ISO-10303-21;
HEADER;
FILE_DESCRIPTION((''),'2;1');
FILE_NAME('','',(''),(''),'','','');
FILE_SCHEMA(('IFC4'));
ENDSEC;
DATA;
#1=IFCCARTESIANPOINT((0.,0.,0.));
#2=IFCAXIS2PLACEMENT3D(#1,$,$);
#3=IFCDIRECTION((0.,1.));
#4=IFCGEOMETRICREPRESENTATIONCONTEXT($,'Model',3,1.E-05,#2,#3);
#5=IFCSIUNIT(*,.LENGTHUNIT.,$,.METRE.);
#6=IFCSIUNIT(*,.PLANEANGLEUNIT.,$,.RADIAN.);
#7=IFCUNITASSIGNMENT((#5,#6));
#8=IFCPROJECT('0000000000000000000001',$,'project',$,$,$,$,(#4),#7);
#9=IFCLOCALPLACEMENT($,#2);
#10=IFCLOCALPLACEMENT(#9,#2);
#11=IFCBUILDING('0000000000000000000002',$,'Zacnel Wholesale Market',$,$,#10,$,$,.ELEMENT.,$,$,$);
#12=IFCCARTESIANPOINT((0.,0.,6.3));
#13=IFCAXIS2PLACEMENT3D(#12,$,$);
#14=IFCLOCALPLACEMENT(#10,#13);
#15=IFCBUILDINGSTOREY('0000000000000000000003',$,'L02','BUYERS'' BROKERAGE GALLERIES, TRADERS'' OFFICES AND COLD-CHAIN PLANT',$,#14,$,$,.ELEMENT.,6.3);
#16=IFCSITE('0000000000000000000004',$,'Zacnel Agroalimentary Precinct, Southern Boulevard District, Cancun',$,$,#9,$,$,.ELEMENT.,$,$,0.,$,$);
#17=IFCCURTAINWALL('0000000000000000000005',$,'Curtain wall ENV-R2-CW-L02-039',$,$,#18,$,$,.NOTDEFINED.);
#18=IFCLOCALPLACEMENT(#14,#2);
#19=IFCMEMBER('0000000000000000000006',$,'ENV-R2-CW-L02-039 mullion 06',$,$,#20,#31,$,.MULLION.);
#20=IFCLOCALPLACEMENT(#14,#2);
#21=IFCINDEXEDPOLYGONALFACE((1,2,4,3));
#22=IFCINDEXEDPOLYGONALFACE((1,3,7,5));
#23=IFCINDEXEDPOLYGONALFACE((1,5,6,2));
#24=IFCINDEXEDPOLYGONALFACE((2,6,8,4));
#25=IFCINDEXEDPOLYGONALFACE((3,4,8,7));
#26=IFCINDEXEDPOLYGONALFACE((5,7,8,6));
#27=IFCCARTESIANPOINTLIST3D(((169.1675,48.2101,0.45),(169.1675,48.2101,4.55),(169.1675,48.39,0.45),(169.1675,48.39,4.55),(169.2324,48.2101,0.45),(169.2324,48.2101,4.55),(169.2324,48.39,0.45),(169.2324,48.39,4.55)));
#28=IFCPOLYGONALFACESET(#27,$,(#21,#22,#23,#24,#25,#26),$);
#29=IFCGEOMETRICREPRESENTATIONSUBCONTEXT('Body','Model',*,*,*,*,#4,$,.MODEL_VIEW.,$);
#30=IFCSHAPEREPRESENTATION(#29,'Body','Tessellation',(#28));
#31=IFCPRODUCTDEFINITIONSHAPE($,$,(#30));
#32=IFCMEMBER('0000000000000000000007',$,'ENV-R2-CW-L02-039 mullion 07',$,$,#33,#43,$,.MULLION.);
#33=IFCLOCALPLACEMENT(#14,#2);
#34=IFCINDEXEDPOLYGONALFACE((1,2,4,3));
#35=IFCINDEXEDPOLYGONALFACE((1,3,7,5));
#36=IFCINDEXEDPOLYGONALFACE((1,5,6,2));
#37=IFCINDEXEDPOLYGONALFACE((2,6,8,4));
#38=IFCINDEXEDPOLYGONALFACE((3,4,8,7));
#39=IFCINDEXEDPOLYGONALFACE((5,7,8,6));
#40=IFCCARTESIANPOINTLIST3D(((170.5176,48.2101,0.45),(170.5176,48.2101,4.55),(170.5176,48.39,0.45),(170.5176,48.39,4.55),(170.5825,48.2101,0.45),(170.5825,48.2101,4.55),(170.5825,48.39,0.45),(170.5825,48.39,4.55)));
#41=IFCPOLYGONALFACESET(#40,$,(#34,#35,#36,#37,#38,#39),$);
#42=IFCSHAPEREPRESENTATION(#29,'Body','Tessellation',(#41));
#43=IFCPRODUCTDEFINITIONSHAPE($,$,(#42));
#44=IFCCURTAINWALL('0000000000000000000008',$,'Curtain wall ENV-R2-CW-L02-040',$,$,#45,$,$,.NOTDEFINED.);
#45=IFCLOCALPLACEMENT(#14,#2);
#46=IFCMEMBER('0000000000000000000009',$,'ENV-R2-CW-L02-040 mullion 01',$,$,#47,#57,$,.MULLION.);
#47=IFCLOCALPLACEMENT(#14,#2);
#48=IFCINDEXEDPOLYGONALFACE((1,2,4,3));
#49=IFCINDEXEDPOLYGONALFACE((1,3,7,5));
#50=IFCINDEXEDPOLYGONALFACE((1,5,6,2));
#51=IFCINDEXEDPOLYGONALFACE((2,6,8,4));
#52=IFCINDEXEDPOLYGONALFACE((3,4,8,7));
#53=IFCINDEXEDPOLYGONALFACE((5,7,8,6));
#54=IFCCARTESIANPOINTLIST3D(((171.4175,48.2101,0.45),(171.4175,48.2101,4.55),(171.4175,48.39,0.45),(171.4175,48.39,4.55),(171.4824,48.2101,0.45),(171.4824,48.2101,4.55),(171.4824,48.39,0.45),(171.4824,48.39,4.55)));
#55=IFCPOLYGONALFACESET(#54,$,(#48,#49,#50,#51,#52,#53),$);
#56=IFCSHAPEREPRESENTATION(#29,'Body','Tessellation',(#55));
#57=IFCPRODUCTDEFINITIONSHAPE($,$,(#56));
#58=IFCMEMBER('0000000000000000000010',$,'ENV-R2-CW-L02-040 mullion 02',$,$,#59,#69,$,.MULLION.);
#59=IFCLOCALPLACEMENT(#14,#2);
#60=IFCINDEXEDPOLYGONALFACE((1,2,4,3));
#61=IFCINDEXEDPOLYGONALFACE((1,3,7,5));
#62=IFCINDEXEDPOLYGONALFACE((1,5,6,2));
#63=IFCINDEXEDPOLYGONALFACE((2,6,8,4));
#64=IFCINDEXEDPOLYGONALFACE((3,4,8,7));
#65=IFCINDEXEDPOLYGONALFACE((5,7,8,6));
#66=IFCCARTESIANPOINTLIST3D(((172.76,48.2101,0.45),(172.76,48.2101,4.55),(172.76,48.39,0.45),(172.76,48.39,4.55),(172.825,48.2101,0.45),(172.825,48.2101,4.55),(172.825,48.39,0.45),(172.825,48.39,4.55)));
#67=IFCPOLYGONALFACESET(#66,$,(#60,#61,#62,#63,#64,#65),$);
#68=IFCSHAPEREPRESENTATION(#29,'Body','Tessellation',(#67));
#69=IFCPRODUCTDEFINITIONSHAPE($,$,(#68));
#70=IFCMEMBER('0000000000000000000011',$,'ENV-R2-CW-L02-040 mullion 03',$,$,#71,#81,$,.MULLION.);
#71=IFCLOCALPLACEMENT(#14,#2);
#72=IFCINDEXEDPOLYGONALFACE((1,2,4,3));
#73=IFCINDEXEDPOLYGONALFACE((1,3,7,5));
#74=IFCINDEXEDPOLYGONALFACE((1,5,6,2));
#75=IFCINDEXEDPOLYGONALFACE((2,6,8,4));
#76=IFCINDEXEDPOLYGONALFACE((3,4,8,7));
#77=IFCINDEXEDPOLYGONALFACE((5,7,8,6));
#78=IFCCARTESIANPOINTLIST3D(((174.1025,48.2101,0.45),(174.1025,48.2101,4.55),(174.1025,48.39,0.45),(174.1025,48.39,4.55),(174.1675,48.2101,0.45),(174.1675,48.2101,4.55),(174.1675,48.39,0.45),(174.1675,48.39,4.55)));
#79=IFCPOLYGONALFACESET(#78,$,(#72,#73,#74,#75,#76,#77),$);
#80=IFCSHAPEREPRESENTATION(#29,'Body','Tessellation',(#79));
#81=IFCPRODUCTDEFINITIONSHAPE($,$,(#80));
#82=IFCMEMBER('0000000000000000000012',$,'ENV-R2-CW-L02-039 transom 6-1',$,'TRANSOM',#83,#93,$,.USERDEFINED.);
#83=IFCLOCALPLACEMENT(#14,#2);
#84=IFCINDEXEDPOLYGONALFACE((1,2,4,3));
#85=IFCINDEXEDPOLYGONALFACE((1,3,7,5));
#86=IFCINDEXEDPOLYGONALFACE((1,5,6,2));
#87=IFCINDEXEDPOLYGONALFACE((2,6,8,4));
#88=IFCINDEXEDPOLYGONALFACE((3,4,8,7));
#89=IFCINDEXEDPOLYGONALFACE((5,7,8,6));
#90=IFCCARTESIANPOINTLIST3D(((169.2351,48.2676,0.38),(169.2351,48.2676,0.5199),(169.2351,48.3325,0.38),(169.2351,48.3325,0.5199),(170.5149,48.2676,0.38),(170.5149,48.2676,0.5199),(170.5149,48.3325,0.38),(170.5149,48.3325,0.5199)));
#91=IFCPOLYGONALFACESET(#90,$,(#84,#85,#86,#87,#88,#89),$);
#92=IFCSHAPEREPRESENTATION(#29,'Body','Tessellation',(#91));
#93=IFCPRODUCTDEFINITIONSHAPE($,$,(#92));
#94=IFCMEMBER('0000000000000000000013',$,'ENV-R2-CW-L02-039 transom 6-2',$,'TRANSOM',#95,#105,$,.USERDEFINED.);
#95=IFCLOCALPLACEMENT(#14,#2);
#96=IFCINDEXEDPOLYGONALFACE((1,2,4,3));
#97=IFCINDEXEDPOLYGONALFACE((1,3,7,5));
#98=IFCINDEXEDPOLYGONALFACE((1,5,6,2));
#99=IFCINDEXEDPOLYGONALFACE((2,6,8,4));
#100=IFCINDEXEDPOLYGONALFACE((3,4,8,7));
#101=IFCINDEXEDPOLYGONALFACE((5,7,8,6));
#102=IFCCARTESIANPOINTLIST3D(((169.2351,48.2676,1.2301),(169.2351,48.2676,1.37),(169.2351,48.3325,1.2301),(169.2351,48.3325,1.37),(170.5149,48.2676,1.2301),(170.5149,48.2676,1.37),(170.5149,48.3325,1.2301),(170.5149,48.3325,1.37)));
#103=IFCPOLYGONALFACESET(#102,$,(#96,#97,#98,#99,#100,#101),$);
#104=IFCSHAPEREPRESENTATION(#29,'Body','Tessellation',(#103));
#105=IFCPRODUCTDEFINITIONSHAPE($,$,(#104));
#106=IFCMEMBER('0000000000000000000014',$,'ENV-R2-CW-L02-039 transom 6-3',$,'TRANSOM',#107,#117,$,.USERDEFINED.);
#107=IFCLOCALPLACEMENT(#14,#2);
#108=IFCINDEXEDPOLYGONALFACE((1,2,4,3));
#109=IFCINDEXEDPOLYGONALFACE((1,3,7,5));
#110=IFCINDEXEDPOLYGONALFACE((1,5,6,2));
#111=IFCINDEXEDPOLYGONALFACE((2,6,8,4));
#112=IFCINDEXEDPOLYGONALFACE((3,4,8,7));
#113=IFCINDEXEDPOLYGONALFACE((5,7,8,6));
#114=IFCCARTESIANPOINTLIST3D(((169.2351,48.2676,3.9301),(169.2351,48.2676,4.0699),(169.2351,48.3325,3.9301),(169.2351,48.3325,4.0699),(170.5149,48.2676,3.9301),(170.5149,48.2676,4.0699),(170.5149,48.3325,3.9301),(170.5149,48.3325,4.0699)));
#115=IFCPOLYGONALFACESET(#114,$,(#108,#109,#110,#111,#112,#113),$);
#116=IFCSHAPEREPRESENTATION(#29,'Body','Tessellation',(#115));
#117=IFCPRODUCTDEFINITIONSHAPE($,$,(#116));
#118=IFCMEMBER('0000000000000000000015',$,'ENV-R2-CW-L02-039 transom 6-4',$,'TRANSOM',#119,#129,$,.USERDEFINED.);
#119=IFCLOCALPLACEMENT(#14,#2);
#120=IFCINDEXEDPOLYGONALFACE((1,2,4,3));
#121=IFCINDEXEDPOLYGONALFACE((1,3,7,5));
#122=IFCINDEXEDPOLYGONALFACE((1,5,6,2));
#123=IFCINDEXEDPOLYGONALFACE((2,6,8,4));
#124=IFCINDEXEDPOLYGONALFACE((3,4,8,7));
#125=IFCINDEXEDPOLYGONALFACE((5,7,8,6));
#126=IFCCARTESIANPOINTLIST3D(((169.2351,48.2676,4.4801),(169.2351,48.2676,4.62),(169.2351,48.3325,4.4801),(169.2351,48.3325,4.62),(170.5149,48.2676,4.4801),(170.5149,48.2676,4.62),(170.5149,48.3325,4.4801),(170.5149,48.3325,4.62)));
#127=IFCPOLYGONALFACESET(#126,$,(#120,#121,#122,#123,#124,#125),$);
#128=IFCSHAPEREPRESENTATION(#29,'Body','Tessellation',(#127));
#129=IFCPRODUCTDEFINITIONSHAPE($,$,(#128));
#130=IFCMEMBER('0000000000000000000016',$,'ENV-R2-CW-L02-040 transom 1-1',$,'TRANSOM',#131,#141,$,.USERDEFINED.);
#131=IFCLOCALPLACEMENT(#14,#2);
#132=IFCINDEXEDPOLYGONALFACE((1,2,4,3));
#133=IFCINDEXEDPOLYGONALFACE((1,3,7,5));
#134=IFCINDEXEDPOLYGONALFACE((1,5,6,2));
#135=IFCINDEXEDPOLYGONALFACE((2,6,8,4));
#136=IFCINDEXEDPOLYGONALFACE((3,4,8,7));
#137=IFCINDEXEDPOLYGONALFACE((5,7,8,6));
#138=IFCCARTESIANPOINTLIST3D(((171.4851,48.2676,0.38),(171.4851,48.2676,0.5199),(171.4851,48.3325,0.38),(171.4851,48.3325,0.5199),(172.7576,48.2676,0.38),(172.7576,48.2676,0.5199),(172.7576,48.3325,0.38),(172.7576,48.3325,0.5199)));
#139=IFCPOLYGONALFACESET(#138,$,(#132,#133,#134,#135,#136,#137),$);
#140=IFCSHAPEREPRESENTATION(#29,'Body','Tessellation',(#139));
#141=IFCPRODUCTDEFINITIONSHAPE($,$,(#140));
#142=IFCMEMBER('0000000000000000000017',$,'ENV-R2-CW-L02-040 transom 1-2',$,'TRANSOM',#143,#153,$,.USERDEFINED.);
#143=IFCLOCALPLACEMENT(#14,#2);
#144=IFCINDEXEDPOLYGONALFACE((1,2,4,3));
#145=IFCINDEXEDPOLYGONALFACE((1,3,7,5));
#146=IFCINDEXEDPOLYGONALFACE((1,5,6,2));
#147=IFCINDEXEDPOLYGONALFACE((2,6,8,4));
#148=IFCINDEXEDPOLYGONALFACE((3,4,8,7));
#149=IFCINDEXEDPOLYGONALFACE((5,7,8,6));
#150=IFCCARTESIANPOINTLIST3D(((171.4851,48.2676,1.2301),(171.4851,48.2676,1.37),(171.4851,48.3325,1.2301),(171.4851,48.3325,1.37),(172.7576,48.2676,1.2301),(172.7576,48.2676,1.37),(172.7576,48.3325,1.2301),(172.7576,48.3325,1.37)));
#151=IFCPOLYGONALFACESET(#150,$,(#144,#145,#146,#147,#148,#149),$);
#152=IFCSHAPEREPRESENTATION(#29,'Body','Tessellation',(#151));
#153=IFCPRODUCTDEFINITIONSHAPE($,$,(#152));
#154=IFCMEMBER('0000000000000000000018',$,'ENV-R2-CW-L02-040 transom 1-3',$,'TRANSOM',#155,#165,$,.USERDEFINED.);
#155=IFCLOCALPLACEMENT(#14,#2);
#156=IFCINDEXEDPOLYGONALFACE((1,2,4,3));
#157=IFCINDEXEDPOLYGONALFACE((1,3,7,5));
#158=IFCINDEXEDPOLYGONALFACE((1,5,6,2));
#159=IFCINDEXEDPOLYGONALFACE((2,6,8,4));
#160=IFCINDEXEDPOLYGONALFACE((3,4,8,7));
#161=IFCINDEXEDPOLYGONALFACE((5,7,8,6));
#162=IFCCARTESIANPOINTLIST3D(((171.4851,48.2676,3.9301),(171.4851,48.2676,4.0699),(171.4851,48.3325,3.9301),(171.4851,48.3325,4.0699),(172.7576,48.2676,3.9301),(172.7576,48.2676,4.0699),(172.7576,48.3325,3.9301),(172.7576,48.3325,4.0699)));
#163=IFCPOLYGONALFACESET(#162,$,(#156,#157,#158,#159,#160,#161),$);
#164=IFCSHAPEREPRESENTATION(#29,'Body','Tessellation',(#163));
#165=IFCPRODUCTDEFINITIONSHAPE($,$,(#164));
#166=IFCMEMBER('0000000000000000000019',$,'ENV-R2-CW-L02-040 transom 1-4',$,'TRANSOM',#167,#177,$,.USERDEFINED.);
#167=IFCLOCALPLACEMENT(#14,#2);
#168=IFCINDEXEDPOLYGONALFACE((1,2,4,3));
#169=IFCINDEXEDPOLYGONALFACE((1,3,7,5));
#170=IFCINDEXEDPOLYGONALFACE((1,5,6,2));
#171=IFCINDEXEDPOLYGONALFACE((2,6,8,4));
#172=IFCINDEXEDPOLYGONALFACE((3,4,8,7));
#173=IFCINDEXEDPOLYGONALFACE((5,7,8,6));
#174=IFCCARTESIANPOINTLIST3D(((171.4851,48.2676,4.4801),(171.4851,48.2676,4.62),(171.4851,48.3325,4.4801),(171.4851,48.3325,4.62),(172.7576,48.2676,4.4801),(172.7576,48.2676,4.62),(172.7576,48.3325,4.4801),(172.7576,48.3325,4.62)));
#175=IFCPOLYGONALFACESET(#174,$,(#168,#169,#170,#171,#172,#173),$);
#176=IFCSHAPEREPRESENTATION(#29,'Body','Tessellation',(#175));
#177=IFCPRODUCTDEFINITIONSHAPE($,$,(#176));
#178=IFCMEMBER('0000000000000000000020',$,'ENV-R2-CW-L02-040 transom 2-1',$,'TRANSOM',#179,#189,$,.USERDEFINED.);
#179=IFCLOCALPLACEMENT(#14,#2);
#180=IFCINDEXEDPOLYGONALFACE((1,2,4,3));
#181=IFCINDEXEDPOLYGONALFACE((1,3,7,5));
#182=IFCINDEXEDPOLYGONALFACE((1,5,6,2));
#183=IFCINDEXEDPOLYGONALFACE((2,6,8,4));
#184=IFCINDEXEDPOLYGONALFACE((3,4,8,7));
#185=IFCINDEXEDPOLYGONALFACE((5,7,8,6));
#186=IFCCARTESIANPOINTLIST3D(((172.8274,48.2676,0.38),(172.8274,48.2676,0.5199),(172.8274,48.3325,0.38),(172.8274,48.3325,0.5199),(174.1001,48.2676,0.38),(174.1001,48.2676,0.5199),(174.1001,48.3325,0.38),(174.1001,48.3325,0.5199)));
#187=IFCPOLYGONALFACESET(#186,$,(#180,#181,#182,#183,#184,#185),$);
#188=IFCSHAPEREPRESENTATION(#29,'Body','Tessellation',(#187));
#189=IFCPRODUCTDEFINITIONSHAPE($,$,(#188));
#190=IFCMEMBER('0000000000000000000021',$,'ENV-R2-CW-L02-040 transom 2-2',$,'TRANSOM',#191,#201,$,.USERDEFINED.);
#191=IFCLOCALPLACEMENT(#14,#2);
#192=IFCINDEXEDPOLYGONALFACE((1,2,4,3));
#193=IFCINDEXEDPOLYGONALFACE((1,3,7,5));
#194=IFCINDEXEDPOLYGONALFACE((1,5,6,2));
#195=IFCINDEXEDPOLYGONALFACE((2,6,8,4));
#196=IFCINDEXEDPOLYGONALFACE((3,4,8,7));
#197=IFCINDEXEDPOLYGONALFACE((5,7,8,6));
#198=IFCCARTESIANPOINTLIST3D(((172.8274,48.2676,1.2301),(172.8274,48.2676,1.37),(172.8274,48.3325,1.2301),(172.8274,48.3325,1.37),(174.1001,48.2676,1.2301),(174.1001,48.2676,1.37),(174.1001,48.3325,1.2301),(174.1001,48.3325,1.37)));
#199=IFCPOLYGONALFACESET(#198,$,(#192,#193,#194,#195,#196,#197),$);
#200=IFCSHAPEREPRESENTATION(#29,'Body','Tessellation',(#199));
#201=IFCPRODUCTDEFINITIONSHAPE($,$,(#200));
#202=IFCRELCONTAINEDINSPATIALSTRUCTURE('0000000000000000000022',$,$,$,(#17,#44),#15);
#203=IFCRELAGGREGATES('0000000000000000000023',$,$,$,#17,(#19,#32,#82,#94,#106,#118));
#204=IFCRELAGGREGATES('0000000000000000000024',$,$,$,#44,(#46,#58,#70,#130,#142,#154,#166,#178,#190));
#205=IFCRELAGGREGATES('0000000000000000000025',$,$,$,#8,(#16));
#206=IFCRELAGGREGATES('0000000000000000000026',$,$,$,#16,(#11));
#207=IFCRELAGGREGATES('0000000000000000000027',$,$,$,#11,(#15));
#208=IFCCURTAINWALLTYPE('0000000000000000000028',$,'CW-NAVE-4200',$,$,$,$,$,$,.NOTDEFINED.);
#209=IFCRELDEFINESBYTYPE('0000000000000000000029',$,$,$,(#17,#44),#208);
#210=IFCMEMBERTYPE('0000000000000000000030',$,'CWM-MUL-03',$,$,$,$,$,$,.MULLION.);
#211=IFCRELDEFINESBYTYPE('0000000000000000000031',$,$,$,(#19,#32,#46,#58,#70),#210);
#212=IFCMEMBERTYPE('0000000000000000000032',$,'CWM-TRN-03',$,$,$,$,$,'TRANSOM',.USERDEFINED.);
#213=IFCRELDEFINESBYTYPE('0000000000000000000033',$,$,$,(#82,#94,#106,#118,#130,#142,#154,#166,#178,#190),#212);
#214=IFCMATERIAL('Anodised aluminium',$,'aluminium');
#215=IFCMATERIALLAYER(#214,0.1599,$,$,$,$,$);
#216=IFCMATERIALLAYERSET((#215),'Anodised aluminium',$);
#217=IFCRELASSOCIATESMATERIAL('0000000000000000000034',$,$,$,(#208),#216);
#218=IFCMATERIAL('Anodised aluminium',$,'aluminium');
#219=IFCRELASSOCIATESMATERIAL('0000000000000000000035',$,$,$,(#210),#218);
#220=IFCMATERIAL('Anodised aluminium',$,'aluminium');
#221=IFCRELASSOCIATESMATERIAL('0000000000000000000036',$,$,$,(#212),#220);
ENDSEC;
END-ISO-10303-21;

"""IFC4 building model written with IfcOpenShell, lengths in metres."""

from ifc_helpers import new_model, si_unit, direction, frame, origin, origin_2d, place, context, subcontext, project, spatial, rectangle, extrude, material, layer, layer_set, material_profile, profile_set, type_object, element, aggregate, save


model = new_model("IFC4")

# Units and contexts
model_context = context("Model", 3, precision=1e-05, world=origin(), true_north=direction((0.0, 1.0)))
body_context = subcontext(model_context, "Body", "Model", "MODEL_VIEW")
ifc_project = project(units=[si_unit("LENGTHUNIT", "METRE"), si_unit("PLANEANGLEUNIT", "RADIAN")], contexts=[model_context])

# Site, building, storey
site_placement = place(None, origin())
site = spatial("IfcSite", under=ifc_project, at=site_placement, Name="Zacnel Agroalimentary Precinct, Southern Boulevard District, Cancun", CompositionType="ELEMENT", RefElevation=0.0)
building_placement = place(site_placement, origin())
building = spatial("IfcBuilding", under=site, at=building_placement, Name="Zacnel Wholesale Market", CompositionType="ELEMENT")
storey_placement = place(building_placement, frame((0.0, 0.0, 6.3)))
storey = spatial("IfcBuildingStorey", under=building, at=storey_placement, Name="L02", Description="BUYERS' BROKERAGE GALLERIES, TRADERS' OFFICES AND COLD-CHAIN PLANT", CompositionType="ELEMENT", Elevation=6.3)

# Curtain walls, members
ifc_material_1 = material(Name="Anodised aluminium", Category="aluminium")
ifc_layer_1 = layer(ifc_material_1, 0.1599)
ifc_layer_set_1 = layer_set([ifc_layer_1], Name="Anodised aluminium")
curtain_wall_type = type_object("IfcCurtainWallType", Name="CW-NAVE-4200", PredefinedType="NOTDEFINED", material=ifc_layer_set_1)
curtain_wall_1_placement = place(storey_placement, origin())
curtain_wall_1 = element("IfcCurtainWall", 1, at=curtain_wall_1_placement, inside=storey, type_object=curtain_wall_type, Name="Curtain wall ENV-R2-CW-L02-039", PredefinedType="NOTDEFINED")
ifc_material_2 = material(Name="Anodised aluminium", Category="aluminium")
ifc_material_profile_1 = material_profile(ifc_material_2, rectangle(XDim=0.0649, YDim=0.1799, at=origin_2d()), Name="AW-MULLION 65x180")
ifc_profile_set_1 = profile_set([ifc_material_profile_1], Name="Anodised aluminium")
member_type_1 = type_object("IfcMemberType", Name="CWM-MUL-03", PredefinedType="MULLION", material=ifc_profile_set_1)
member_1_placement = place(storey_placement, frame((169.2, 48.3, 0.45), z_axis=(0.0, 0.0, 1.0), x_axis=(1.0, 0.0, 0.0)))
member_1 = element("IfcMember", 2, at=member_1_placement, type_object=member_type_1, Name="ENV-R2-CW-L02-039 mullion 06", PredefinedType="MULLION", context=body_context, shape_type="SweptSolid", body=[
    extrude(rectangle(XDim=0.0649, YDim=0.1799, at=origin_2d()), origin(), (0.0, 0.0, 1.0), 4.1001),
])
member_2_placement = place(storey_placement, frame((170.55, 48.3, 0.45), z_axis=(0.0, 0.0, 1.0), x_axis=(1.0, 0.0, 0.0)))
member_2 = element("IfcMember", 3, at=member_2_placement, type_object=member_type_1, Name="ENV-R2-CW-L02-039 mullion 07", PredefinedType="MULLION", context=body_context, shape_type="SweptSolid", body=[
    extrude(rectangle(XDim=0.0649, YDim=0.1799, at=origin_2d()), origin(), (0.0, 0.0, 1.0), 4.1001),
])
curtain_wall_2_placement = place(storey_placement, origin())
curtain_wall_2 = element("IfcCurtainWall", 4, at=curtain_wall_2_placement, inside=storey, type_object=curtain_wall_type, Name="Curtain wall ENV-R2-CW-L02-040", PredefinedType="NOTDEFINED")
member_3_placement = place(storey_placement, frame((171.45, 48.3, 0.45), z_axis=(0.0, 0.0, 1.0), x_axis=(1.0, 0.0, 0.0)))
member_3 = element("IfcMember", 5, at=member_3_placement, type_object=member_type_1, Name="ENV-R2-CW-L02-040 mullion 01", PredefinedType="MULLION", context=body_context, shape_type="SweptSolid", body=[
    extrude(rectangle(XDim=0.0649, YDim=0.1799, at=origin_2d()), origin(), (0.0, 0.0, 1.0), 4.1001),
])
member_4_placement = place(storey_placement, frame((172.7925, 48.3, 0.45), z_axis=(0.0, 0.0, 1.0), x_axis=(1.0, 0.0, 0.0)))
member_4 = element("IfcMember", 6, at=member_4_placement, type_object=member_type_1, Name="ENV-R2-CW-L02-040 mullion 02", PredefinedType="MULLION", context=body_context, shape_type="SweptSolid", body=[
    extrude(rectangle(XDim=0.0649, YDim=0.1799, at=origin_2d()), origin(), (0.0, 0.0, 1.0), 4.1001),
])
member_5_placement = place(storey_placement, frame((174.135, 48.3, 0.45), z_axis=(0.0, 0.0, 1.0), x_axis=(1.0, 0.0, 0.0)))
member_5 = element("IfcMember", 7, at=member_5_placement, type_object=member_type_1, Name="ENV-R2-CW-L02-040 mullion 03", PredefinedType="MULLION", context=body_context, shape_type="SweptSolid", body=[
    extrude(rectangle(XDim=0.0649, YDim=0.1799, at=origin_2d()), origin(), (0.0, 0.0, 1.0), 4.1001),
])

# Members
ifc_material_3 = material(Name="Anodised aluminium", Category="aluminium")
ifc_material_profile_2 = material_profile(ifc_material_3, rectangle(XDim=0.0649, YDim=0.1399, at=origin_2d()), Name="AW-TRANSOM 65x140")
ifc_profile_set_2 = profile_set([ifc_material_profile_2], Name="Anodised aluminium")
member_type_2 = type_object("IfcMemberType", Name="CWM-TRN-03", ElementType="TRANSOM", PredefinedType="USERDEFINED", material=ifc_profile_set_2)
member_6_placement = place(storey_placement, frame((169.2351, 48.3, 0.45), z_axis=(1.0, 0.0, 0.0), x_axis=(0.0, 1.0, 0.0)))
member_6 = element("IfcMember", 8, at=member_6_placement, type_object=member_type_2, Name="ENV-R2-CW-L02-039 transom 6-1", ObjectType="TRANSOM", PredefinedType="USERDEFINED", context=body_context, shape_type="SweptSolid", body=[
    extrude(rectangle(XDim=0.0649, YDim=0.1399, at=origin_2d()), origin(), (0.0, 0.0, 1.0), 1.2798),
])
member_7_placement = place(storey_placement, frame((169.2351, 48.3, 1.3), z_axis=(1.0, 0.0, 0.0), x_axis=(0.0, 1.0, 0.0)))
member_7 = element("IfcMember", 9, at=member_7_placement, type_object=member_type_2, Name="ENV-R2-CW-L02-039 transom 6-2", ObjectType="TRANSOM", PredefinedType="USERDEFINED", context=body_context, shape_type="SweptSolid", body=[
    extrude(rectangle(XDim=0.0649, YDim=0.1399, at=origin_2d()), origin(), (0.0, 0.0, 1.0), 1.2798),
])
member_8_placement = place(storey_placement, frame((169.2351, 48.3, 4.0), z_axis=(1.0, 0.0, 0.0), x_axis=(0.0, 1.0, 0.0)))
member_8 = element("IfcMember", 10, at=member_8_placement, type_object=member_type_2, Name="ENV-R2-CW-L02-039 transom 6-3", ObjectType="TRANSOM", PredefinedType="USERDEFINED", context=body_context, shape_type="SweptSolid", body=[
    extrude(rectangle(XDim=0.0649, YDim=0.1399, at=origin_2d()), origin(), (0.0, 0.0, 1.0), 1.2798),
])
member_9_placement = place(storey_placement, frame((169.2351, 48.3, 4.55), z_axis=(1.0, 0.0, 0.0), x_axis=(0.0, 1.0, 0.0)))
member_9 = element("IfcMember", 11, at=member_9_placement, type_object=member_type_2, Name="ENV-R2-CW-L02-039 transom 6-4", ObjectType="TRANSOM", PredefinedType="USERDEFINED", context=body_context, shape_type="SweptSolid", body=[
    extrude(rectangle(XDim=0.0649, YDim=0.1399, at=origin_2d()), origin(), (0.0, 0.0, 1.0), 1.2798),
])
member_10_placement = place(storey_placement, frame((171.4851, 48.3, 0.45), z_axis=(1.0, 0.0, 0.0), x_axis=(0.0, 1.0, 0.0)))
member_10 = element("IfcMember", 12, at=member_10_placement, type_object=member_type_2, Name="ENV-R2-CW-L02-040 transom 1-1", ObjectType="TRANSOM", PredefinedType="USERDEFINED", context=body_context, shape_type="SweptSolid", body=[
    extrude(rectangle(XDim=0.0649, YDim=0.1399, at=origin_2d()), origin(), (0.0, 0.0, 1.0), 1.2725),
])
member_11_placement = place(storey_placement, frame((171.4851, 48.3, 1.3), z_axis=(1.0, 0.0, 0.0), x_axis=(0.0, 1.0, 0.0)))
member_11 = element("IfcMember", 13, at=member_11_placement, type_object=member_type_2, Name="ENV-R2-CW-L02-040 transom 1-2", ObjectType="TRANSOM", PredefinedType="USERDEFINED", context=body_context, shape_type="SweptSolid", body=[
    extrude(rectangle(XDim=0.0649, YDim=0.1399, at=origin_2d()), origin(), (0.0, 0.0, 1.0), 1.2725),
])
member_12_placement = place(storey_placement, frame((171.4851, 48.3, 4.0), z_axis=(1.0, 0.0, 0.0), x_axis=(0.0, 1.0, 0.0)))
member_12 = element("IfcMember", 14, at=member_12_placement, type_object=member_type_2, Name="ENV-R2-CW-L02-040 transom 1-3", ObjectType="TRANSOM", PredefinedType="USERDEFINED", context=body_context, shape_type="SweptSolid", body=[
    extrude(rectangle(XDim=0.0649, YDim=0.1399, at=origin_2d()), origin(), (0.0, 0.0, 1.0), 1.2725),
])
member_13_placement = place(storey_placement, frame((171.4851, 48.3, 4.55), z_axis=(1.0, 0.0, 0.0), x_axis=(0.0, 1.0, 0.0)))
member_13 = element("IfcMember", 15, at=member_13_placement, type_object=member_type_2, Name="ENV-R2-CW-L02-040 transom 1-4", ObjectType="TRANSOM", PredefinedType="USERDEFINED", context=body_context, shape_type="SweptSolid", body=[
    extrude(rectangle(XDim=0.0649, YDim=0.1399, at=origin_2d()), origin(), (0.0, 0.0, 1.0), 1.2725),
])
member_14_placement = place(storey_placement, frame((172.8274, 48.3, 0.45), z_axis=(1.0, 0.0, 0.0), x_axis=(0.0, 1.0, 0.0)))
member_14 = element("IfcMember", 16, at=member_14_placement, type_object=member_type_2, Name="ENV-R2-CW-L02-040 transom 2-1", ObjectType="TRANSOM", PredefinedType="USERDEFINED", context=body_context, shape_type="SweptSolid", body=[
    extrude(rectangle(XDim=0.0649, YDim=0.1399, at=origin_2d()), origin(), (0.0, 0.0, 1.0), 1.2727),
])
member_15_placement = place(storey_placement, frame((172.8274, 48.3, 1.3), z_axis=(1.0, 0.0, 0.0), x_axis=(0.0, 1.0, 0.0)))
member_15 = element("IfcMember", 17, at=member_15_placement, type_object=member_type_2, Name="ENV-R2-CW-L02-040 transom 2-2", ObjectType="TRANSOM", PredefinedType="USERDEFINED", context=body_context, shape_type="SweptSolid", body=[
    extrude(rectangle(XDim=0.0649, YDim=0.1399, at=origin_2d()), origin(), (0.0, 0.0, 1.0), 1.2727),
])

aggregate(curtain_wall_1, [member_1, member_2, member_6, member_7, member_8, member_9])
aggregate(curtain_wall_2, [member_3, member_4, member_5, member_10, member_11, member_12, member_13, member_14, member_15])

save(model, "model.ifc")
